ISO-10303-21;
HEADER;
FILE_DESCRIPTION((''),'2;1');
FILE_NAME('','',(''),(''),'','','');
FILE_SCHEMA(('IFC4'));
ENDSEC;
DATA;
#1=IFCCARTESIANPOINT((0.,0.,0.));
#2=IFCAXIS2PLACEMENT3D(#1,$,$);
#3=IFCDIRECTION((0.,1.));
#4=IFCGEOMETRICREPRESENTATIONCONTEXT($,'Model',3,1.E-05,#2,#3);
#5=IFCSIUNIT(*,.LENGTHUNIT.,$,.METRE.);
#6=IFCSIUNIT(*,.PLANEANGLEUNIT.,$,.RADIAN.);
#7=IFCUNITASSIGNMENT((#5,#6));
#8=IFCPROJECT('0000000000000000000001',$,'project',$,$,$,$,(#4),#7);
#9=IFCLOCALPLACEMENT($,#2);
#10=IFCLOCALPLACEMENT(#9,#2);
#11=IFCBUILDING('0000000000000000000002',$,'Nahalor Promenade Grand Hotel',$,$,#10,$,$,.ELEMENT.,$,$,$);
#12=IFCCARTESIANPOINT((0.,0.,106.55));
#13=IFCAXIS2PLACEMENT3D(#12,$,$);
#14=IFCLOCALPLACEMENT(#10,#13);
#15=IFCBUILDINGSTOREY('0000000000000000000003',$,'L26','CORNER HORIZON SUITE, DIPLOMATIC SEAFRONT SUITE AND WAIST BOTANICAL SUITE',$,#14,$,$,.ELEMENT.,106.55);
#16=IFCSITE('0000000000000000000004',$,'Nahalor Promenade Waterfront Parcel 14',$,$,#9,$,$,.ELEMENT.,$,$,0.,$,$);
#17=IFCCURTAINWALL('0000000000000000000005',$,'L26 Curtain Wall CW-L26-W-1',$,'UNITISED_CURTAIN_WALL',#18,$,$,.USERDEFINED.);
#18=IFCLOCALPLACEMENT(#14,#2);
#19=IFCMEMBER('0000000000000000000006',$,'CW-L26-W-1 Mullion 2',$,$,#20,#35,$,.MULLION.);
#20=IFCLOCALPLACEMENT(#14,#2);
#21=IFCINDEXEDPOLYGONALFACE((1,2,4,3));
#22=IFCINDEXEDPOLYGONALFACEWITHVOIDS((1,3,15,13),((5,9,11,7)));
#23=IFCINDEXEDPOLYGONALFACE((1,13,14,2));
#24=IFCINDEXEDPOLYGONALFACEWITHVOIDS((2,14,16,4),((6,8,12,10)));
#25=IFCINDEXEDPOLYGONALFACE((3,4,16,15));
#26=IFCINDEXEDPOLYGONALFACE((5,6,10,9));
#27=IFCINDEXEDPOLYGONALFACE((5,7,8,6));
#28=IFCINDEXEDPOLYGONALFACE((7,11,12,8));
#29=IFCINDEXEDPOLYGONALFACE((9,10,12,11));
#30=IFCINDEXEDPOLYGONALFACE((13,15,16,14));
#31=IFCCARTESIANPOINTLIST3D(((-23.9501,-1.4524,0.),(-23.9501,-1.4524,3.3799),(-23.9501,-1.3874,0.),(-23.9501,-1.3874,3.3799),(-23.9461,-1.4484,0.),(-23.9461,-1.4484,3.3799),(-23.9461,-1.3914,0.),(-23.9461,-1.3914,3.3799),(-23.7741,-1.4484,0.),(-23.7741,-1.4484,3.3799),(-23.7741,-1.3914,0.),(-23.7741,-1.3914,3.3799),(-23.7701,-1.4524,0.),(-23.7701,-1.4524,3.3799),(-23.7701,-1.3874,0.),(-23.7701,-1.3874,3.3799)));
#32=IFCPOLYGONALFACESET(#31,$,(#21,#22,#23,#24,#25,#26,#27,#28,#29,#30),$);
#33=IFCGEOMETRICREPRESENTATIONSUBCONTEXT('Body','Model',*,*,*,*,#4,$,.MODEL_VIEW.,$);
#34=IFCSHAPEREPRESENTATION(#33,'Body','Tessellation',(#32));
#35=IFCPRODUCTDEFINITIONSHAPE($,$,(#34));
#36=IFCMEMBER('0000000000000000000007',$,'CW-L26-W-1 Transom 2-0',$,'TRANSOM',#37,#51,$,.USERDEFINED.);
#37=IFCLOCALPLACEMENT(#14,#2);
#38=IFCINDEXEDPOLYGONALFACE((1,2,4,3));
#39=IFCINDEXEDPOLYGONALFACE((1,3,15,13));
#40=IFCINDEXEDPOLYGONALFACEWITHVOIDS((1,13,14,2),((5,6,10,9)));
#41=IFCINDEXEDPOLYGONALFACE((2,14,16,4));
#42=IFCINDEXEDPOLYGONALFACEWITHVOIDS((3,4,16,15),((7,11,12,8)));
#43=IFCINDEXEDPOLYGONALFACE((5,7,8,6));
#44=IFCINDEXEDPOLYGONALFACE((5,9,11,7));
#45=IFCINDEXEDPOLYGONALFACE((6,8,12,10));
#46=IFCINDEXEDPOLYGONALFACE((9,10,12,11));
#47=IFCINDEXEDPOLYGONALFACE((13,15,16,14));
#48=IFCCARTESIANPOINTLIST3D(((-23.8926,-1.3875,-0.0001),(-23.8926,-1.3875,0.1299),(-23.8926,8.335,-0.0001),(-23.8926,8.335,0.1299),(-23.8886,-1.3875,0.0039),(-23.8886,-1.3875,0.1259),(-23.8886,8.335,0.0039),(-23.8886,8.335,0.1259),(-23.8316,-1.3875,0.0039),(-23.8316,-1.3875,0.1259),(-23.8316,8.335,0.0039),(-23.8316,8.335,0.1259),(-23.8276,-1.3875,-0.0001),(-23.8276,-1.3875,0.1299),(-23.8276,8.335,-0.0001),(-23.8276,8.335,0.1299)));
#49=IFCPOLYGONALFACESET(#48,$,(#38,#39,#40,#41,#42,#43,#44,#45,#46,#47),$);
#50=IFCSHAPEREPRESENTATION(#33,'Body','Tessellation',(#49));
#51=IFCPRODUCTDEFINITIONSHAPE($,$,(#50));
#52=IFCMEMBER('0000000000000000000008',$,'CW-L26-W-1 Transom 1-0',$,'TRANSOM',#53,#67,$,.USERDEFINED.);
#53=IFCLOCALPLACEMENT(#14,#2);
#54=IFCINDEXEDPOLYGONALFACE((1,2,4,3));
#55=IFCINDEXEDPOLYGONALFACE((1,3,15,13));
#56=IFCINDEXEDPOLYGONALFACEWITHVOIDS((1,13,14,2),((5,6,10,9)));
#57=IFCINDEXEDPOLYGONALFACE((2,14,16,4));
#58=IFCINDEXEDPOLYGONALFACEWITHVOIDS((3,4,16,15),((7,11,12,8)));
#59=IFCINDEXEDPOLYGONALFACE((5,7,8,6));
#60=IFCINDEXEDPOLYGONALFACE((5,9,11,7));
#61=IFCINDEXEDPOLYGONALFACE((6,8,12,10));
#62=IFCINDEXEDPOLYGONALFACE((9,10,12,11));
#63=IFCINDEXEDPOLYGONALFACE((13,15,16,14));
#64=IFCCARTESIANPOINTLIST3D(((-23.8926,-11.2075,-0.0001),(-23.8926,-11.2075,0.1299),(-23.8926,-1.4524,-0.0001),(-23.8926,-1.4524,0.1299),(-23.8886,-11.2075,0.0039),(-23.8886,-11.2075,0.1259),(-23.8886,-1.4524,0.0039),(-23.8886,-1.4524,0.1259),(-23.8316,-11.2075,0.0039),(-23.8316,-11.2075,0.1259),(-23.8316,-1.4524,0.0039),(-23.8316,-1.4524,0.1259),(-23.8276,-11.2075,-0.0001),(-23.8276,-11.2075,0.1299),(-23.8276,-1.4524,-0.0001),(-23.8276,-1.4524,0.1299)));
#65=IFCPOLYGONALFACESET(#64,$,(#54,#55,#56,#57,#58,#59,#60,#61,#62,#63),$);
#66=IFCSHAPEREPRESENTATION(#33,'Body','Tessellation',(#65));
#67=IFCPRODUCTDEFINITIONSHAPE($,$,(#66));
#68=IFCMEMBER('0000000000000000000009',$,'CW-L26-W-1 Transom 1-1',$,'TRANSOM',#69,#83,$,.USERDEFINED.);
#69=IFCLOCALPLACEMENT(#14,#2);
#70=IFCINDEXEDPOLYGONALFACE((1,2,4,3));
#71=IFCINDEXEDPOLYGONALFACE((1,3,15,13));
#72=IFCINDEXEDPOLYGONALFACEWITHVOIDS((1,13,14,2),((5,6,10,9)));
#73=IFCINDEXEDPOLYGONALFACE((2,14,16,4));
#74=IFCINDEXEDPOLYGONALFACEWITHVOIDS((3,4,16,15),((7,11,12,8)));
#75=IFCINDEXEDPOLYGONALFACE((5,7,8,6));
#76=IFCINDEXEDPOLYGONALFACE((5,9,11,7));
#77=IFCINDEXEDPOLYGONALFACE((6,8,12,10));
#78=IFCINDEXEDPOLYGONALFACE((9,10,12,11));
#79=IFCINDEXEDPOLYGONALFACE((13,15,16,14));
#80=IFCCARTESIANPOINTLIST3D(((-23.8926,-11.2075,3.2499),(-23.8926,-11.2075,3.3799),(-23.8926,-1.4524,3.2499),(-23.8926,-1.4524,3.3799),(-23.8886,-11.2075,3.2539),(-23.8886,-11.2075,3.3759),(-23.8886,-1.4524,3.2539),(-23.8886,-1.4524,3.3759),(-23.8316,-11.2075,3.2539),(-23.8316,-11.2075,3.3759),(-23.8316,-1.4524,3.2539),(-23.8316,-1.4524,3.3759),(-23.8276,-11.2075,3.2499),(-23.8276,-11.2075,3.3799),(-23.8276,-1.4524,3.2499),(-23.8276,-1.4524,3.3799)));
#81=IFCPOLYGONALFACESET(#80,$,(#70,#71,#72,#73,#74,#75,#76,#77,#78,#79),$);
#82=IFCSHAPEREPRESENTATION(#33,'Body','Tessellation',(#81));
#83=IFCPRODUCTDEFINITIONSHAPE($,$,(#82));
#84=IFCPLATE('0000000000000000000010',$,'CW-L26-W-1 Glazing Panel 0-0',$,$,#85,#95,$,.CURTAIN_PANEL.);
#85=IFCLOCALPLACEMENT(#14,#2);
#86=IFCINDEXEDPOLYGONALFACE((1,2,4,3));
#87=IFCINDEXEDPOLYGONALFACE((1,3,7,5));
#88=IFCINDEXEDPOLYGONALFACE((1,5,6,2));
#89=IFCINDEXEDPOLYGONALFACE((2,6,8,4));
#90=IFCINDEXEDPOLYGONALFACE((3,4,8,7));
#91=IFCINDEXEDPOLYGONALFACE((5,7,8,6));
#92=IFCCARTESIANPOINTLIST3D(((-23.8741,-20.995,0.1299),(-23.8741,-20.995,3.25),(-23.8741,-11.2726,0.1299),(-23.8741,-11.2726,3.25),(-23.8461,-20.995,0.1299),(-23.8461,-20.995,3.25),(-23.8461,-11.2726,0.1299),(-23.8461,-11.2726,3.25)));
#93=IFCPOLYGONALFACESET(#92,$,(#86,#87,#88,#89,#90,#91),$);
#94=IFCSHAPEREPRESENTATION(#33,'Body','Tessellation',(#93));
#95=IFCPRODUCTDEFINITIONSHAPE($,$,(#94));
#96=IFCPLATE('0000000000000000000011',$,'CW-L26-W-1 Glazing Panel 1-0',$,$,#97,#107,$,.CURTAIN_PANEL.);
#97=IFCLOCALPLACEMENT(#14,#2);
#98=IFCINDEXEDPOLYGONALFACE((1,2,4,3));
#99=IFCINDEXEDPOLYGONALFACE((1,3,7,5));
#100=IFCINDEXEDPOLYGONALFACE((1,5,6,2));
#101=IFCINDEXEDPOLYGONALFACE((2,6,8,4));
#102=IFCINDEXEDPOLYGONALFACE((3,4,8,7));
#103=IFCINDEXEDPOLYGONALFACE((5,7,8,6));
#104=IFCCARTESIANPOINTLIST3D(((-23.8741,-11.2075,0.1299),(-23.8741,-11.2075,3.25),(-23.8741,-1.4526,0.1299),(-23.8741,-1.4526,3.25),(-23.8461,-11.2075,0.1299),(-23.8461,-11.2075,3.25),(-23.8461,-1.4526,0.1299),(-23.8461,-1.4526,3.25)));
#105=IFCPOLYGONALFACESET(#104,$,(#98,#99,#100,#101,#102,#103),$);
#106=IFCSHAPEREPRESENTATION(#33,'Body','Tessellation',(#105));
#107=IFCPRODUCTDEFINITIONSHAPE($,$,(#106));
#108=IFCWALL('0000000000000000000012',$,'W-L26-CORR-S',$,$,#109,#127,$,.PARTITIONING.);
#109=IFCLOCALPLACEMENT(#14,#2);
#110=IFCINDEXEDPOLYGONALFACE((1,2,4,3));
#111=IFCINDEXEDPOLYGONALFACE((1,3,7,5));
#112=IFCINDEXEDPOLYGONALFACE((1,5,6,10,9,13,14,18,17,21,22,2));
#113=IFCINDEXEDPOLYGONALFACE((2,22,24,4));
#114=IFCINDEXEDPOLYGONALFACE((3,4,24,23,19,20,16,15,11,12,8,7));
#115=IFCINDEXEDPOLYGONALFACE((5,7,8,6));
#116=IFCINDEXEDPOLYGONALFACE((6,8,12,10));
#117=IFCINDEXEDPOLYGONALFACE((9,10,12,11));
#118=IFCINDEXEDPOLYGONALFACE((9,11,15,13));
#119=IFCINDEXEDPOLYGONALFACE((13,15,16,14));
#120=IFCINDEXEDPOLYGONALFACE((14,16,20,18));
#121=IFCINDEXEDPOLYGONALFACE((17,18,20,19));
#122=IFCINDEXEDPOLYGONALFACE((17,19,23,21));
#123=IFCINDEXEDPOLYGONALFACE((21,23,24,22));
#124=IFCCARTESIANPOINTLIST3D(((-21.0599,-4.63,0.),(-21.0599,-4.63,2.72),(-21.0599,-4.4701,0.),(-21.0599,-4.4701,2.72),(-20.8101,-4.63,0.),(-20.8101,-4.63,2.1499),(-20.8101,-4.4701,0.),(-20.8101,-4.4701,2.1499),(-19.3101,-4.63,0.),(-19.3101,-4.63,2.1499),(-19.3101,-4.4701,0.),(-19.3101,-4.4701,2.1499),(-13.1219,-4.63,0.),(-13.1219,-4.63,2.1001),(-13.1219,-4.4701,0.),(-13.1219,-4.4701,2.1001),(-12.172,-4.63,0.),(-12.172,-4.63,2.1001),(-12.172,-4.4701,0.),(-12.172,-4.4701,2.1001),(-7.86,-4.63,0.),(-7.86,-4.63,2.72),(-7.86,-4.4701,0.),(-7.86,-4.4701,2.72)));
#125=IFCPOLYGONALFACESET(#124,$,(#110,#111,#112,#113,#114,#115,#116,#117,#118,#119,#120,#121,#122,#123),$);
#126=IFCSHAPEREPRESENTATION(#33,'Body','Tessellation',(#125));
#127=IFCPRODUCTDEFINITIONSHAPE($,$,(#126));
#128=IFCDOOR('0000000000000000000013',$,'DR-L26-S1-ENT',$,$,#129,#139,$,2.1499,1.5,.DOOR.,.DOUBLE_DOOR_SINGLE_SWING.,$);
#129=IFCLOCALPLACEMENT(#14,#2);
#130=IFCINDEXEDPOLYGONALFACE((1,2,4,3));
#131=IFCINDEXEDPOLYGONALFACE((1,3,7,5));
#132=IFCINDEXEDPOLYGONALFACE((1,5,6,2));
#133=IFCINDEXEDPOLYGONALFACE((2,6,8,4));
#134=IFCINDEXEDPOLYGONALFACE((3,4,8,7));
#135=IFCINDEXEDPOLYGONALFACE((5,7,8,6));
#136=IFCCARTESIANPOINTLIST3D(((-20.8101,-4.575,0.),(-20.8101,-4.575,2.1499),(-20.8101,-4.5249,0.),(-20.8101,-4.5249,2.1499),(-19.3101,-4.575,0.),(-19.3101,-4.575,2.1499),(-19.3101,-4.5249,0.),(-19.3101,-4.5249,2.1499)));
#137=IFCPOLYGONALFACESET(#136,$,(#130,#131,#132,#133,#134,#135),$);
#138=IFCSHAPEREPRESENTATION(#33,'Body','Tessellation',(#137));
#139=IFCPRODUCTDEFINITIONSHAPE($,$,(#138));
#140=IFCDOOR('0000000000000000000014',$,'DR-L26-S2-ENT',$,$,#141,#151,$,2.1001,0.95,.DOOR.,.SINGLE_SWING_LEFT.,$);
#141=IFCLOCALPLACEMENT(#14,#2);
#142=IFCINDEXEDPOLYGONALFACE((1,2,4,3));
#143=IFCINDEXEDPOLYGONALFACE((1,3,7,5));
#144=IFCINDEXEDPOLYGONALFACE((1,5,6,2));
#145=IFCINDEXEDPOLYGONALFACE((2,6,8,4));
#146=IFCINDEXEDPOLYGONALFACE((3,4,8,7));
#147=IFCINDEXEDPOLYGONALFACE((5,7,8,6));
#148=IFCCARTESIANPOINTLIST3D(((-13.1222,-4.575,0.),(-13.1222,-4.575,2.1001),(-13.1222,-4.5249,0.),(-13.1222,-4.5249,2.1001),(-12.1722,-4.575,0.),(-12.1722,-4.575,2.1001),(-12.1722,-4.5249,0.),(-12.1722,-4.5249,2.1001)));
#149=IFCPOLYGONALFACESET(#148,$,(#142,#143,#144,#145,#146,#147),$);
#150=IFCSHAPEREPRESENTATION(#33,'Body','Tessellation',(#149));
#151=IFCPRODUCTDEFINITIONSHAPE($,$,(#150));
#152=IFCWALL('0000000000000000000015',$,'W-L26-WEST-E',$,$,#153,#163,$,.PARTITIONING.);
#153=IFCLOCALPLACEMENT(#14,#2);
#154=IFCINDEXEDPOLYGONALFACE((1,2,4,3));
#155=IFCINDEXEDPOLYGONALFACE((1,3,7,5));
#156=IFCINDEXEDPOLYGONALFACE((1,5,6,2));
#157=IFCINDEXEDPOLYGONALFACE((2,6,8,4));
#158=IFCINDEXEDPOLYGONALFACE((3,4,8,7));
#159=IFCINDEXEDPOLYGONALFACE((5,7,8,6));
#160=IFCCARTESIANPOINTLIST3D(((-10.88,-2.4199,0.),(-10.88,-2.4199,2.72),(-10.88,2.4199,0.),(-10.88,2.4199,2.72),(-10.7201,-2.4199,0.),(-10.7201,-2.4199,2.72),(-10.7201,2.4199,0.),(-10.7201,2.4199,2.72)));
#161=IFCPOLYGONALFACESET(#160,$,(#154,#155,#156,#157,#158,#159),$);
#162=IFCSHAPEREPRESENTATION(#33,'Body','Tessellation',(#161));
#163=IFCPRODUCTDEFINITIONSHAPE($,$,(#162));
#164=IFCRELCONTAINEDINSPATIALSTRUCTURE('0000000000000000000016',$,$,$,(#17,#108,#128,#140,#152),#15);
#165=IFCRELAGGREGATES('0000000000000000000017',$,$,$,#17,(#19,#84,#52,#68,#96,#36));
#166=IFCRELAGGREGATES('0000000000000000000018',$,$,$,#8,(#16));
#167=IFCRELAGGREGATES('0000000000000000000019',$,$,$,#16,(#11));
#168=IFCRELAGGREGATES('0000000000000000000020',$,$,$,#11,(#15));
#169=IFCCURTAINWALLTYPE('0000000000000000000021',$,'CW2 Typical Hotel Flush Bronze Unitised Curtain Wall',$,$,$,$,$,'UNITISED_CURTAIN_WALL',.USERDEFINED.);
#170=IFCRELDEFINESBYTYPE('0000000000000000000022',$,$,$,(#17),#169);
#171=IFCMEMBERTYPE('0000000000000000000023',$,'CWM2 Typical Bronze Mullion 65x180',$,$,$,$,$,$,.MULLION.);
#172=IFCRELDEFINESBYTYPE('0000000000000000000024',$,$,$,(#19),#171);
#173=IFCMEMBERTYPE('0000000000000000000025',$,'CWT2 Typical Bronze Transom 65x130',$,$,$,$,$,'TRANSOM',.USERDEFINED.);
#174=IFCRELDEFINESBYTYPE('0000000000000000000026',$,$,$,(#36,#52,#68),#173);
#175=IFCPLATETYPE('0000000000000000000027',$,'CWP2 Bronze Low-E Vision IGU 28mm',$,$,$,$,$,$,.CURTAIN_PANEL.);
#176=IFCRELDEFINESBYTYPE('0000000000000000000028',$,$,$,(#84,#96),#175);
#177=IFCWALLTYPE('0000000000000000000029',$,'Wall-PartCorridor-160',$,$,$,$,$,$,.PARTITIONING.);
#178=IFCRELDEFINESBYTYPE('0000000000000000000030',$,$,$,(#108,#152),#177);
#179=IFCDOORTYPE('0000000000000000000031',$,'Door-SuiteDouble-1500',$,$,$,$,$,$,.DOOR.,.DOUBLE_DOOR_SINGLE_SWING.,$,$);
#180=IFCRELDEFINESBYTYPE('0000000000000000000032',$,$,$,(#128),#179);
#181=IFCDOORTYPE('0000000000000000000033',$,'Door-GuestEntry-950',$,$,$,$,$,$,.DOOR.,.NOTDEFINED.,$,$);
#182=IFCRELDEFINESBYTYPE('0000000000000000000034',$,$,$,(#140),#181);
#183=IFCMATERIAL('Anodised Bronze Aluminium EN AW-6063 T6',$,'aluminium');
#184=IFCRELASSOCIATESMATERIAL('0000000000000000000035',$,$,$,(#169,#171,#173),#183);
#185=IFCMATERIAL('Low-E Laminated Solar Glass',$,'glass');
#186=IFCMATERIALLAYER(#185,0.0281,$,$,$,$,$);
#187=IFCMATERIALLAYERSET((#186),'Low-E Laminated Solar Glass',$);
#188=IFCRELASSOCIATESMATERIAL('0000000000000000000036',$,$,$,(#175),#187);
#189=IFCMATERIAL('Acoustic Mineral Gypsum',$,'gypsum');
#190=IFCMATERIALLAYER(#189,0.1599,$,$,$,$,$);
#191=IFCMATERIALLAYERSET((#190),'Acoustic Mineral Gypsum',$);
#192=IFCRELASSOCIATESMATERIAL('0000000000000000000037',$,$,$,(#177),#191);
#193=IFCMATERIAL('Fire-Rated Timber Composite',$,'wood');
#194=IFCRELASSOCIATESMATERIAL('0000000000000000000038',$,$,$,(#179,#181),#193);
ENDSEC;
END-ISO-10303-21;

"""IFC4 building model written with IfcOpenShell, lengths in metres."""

from ifc_helpers import new_model, si_unit, direction, frame, frame_2d, origin, origin_2d, place, context, subcontext, project, spatial, rectangle, hollow_rectangle, extrude, source, transform, mapped, material, layer, layer_set, material_profile, profile_set, type_object, element, fill, aggregate, save


model = new_model("IFC4")

# Units and contexts
model_context = context("Model", 3, precision=1e-05, world=origin(), true_north=direction((0.0, 1.0)))
body_context = subcontext(model_context, "Body", "Model", "MODEL_VIEW")
ifc_project = project(units=[si_unit("LENGTHUNIT", "METRE"), si_unit("PLANEANGLEUNIT", "RADIAN")], contexts=[model_context])

# Site, building, storey
site_placement = place(None, origin())
site = spatial("IfcSite", under=ifc_project, at=site_placement, Name="Nahalor Promenade Waterfront Parcel 14", CompositionType="ELEMENT", RefElevation=0.0)
building_placement = place(site_placement, origin())
building = spatial("IfcBuilding", under=site, at=building_placement, Name="Nahalor Promenade Grand Hotel", CompositionType="ELEMENT")
storey_placement = place(building_placement, frame((0.0, 0.0, 106.55)))
storey = spatial("IfcBuildingStorey", under=building, at=storey_placement, Name="L26", Description="CORNER HORIZON SUITE, DIPLOMATIC SEAFRONT SUITE AND WAIST BOTANICAL SUITE", CompositionType="ELEMENT", Elevation=106.55)

# Curtain wall, members, plates
ifc_material_1 = material(Name="Anodised Bronze Aluminium EN AW-6063 T6", Category="aluminium")
curtain_wall_type = type_object("IfcCurtainWallType", Name="CW2 Typical Hotel Flush Bronze Unitised Curtain Wall", ElementType="UNITISED_CURTAIN_WALL", PredefinedType="USERDEFINED", material=ifc_material_1)
curtain_wall_placement = place(storey_placement, origin())
curtain_wall = element("IfcCurtainWall", 1, at=curtain_wall_placement, inside=storey, type_object=curtain_wall_type, Name="L26 Curtain Wall CW-L26-W-1", ObjectType="UNITISED_CURTAIN_WALL", PredefinedType="USERDEFINED")
ifc_material_profile_1 = material_profile(ifc_material_1, hollow_rectangle(XDim=0.065, YDim=0.18, WallThickness=0.004, at=origin_2d()), Name="CWM 65x180x4")
ifc_profile_set_1 = profile_set([ifc_material_profile_1], Name="Anodised Bronze Aluminium EN AW-6063 T6")
member_type_1 = type_object("IfcMemberType", Name="CWM2 Typical Bronze Mullion 65x180", PredefinedType="MULLION", material=ifc_profile_set_1)
shared_shape_1 = source(origin(), body_context, "Body", "SweptSolid", [
    extrude(hollow_rectangle(XDim=0.065, YDim=0.18, WallThickness=0.004, at=origin_2d()), origin(), (0.0, 0.0, 1.0), 3.3799),
])
member_1_placement = place(storey_placement, frame((-23.8601, -1.4199, 0.0), z_axis=(0.0, 0.0, 1.0), x_axis=(0.0, 1.0, 0.0)))
member_1 = element("IfcMember", 2, at=member_1_placement, type_object=member_type_1, Name="CW-L26-W-1 Mullion 2", PredefinedType="MULLION", context=body_context, shape_type="MappedRepresentation", body=[
    mapped(shared_shape_1, transform((0.0, 0.0, 0.0), scale=1.0)),
])
ifc_material_profile_2 = material_profile(ifc_material_1, hollow_rectangle(XDim=0.065, YDim=0.13, WallThickness=0.004, at=origin_2d()), Name="CWT 65x130x4")
ifc_profile_set_2 = profile_set([ifc_material_profile_2], Name="Anodised Bronze Aluminium EN AW-6063 T6")
member_type_2 = type_object("IfcMemberType", Name="CWT2 Typical Bronze Transom 65x130", ElementType="TRANSOM", PredefinedType="USERDEFINED", material=ifc_profile_set_2)
shared_shape_2 = source(origin(), body_context, "Body", "SweptSolid", [
    extrude(hollow_rectangle(XDim=0.065, YDim=0.13, WallThickness=0.004, at=origin_2d()), origin(), (0.0, 0.0, 1.0), 9.7224),
])
member_2_placement = place(storey_placement, frame((-23.8601, -1.3875, 0.0649), z_axis=(0.0, 1.0, 0.0), x_axis=(-1.0, 0.0, 0.0)))
member_2 = element("IfcMember", 3, at=member_2_placement, type_object=member_type_2, Name="CW-L26-W-1 Transom 2-0", ObjectType="TRANSOM", PredefinedType="USERDEFINED", context=body_context, shape_type="MappedRepresentation", body=[
    mapped(shared_shape_2, transform((0.0, 0.0, 0.0), scale=1.0)),
])
shared_shape_3 = source(origin(), body_context, "Body", "SweptSolid", [
    extrude(hollow_rectangle(XDim=0.065, YDim=0.13, WallThickness=0.004, at=origin_2d()), origin(), (0.0, 0.0, 1.0), 9.7551),
])
member_3_placement = place(storey_placement, frame((-23.8601, -11.2075, 0.0649), z_axis=(0.0, 1.0, 0.0), x_axis=(-1.0, 0.0, 0.0)))
member_3 = element("IfcMember", 4, at=member_3_placement, type_object=member_type_2, Name="CW-L26-W-1 Transom 1-0", ObjectType="TRANSOM", PredefinedType="USERDEFINED", context=body_context, shape_type="MappedRepresentation", body=[
    mapped(shared_shape_3, transform((0.0, 0.0, 0.0), scale=1.0)),
])
member_4_placement = place(storey_placement, frame((-23.8601, -11.2075, 3.3149), z_axis=(0.0, 1.0, 0.0), x_axis=(-1.0, 0.0, 0.0)))
member_4 = element("IfcMember", 5, at=member_4_placement, type_object=member_type_2, Name="CW-L26-W-1 Transom 1-1", ObjectType="TRANSOM", PredefinedType="USERDEFINED", context=body_context, shape_type="MappedRepresentation", body=[
    mapped(shared_shape_3, transform((0.0, 0.0, 0.0), scale=1.0)),
])
ifc_material_2 = material(Name="Low-E Laminated Solar Glass", Category="glass")
ifc_layer_1 = layer(ifc_material_2, 0.0281)
ifc_layer_set_1 = layer_set([ifc_layer_1], Name="Low-E Laminated Solar Glass")
plate_type = type_object("IfcPlateType", Name="CWP2 Bronze Low-E Vision IGU 28mm", PredefinedType="CURTAIN_PANEL", material=ifc_layer_set_1)
shared_shape_4 = source(origin(), body_context, "Body", "SweptSolid", [
    extrude(rectangle(XDim=9.7224, YDim=0.0281, at=origin_2d()), origin(), (0.0, 0.0, 1.0), 3.1201),
])
plate_1_placement = place(storey_placement, frame((-23.8601, -16.1338, 0.1299), z_axis=(0.0, 0.0, 1.0), x_axis=(0.0, 1.0, 0.0)))
plate_1 = element("IfcPlate", 6, at=plate_1_placement, type_object=plate_type, Name="CW-L26-W-1 Glazing Panel 0-0", PredefinedType="CURTAIN_PANEL", context=body_context, shape_type="MappedRepresentation", body=[
    mapped(shared_shape_4, transform((0.0, 0.0, 0.0), scale=1.0)),
])
shared_shape_5 = source(origin(), body_context, "Body", "SweptSolid", [
    extrude(rectangle(XDim=9.7549, YDim=0.0281, at=origin_2d()), origin(), (0.0, 0.0, 1.0), 3.1201),
])
plate_2_placement = place(storey_placement, frame((-23.8601, -6.3301, 0.1299), z_axis=(0.0, 0.0, 1.0), x_axis=(0.0, 1.0, 0.0)))
plate_2 = element("IfcPlate", 7, at=plate_2_placement, type_object=plate_type, Name="CW-L26-W-1 Glazing Panel 1-0", PredefinedType="CURTAIN_PANEL", context=body_context, shape_type="MappedRepresentation", body=[
    mapped(shared_shape_5, transform((0.0, 0.0, 0.0), scale=1.0)),
])
aggregate(curtain_wall, [member_1, plate_1, member_3, member_4, plate_2, member_2])

# Wall, openings, doors
ifc_material_3 = material(Name="Acoustic Mineral Gypsum", Category="gypsum")
ifc_layer_2 = layer(ifc_material_3, 0.1599)
ifc_layer_set_2 = layer_set([ifc_layer_2], Name="Acoustic Mineral Gypsum")
wall_type = type_object("IfcWallType", Name="Wall-PartCorridor-160", PredefinedType="PARTITIONING", material=ifc_layer_set_2)
shared_shape_6 = source(origin(), body_context, "Body", "SweptSolid", [
    extrude(rectangle(XDim=13.2, YDim=0.1599, at=frame_2d((6.6001, 0.0))), origin(), (0.0, 0.0, 1.0), 2.72),
])
wall_1_placement = place(storey_placement, frame((-21.0601, -4.55, 0.0), z_axis=(0.0, 0.0, 1.0), x_axis=(1.0, 0.0, 0.0)))
wall_1 = element("IfcWall", 8, at=wall_1_placement, inside=storey, type_object=wall_type, Name="W-L26-CORR-S", PredefinedType="PARTITIONING", context=body_context, shape_type="MappedRepresentation", body=[
    mapped(shared_shape_6, transform((0.0, 0.0, 0.0), scale=1.0)),
])
opening_1_placement = place(wall_1_placement, frame((0.25, 0.0, 0.0)))
opening_1 = element("IfcOpeningElement", 9, at=opening_1_placement, cuts=wall_1, PredefinedType="OPENING", context=body_context, shape_type="SweptSolid", body=[
    extrude(rectangle(XDim=1.5, YDim=2.1499, at=frame_2d((0.75, 1.075))), frame((0.0, 0.0898, 0.0), z_axis=(0.0, -1.0, 0.0), x_axis=(1.0, 0.0, 0.0)), (0.0, 0.0, 1.0), 0.1799),
])
opening_2_placement = place(wall_1_placement, frame((7.938, 0.0, 0.0)))
opening_2 = element("IfcOpeningElement", 10, at=opening_2_placement, cuts=wall_1, PredefinedType="OPENING", context=body_context, shape_type="SweptSolid", body=[
    extrude(rectangle(XDim=0.95, YDim=2.1001, at=frame_2d((0.4751, 1.05))), frame((0.0, 0.0898, 0.0), z_axis=(0.0, -1.0, 0.0), x_axis=(1.0, 0.0, 0.0)), (0.0, 0.0, 1.0), 0.1799),
])
ifc_material_4 = material(Name="Fire-Rated Timber Composite", Category="wood")
door_type_1 = type_object("IfcDoorType", Name="Door-SuiteDouble-1500", OperationType="DOUBLE_DOOR_SINGLE_SWING", PredefinedType="DOOR", material=ifc_material_4)
shared_shape_7 = source(origin(), body_context, "Body", "SweptSolid", [
    extrude(rectangle(XDim=1.5, YDim=2.1499, at=frame_2d((0.75, 1.075))), frame((0.0, 0.0249, 0.0), z_axis=(0.0, -1.0, 0.0), x_axis=(1.0, 0.0, 0.0)), (0.0, 0.0, 1.0), 0.05),
])
door_1_placement = place(opening_1_placement, frame((1.5, 0.0, 0.0), z_axis=(0.0, 0.0, 1.0), x_axis=(-1.0, 0.0, 0.0)))
door_1 = element("IfcDoor", 11, at=door_1_placement, inside=storey, type_object=door_type_1, Name="DR-L26-S1-ENT", OperationType="DOUBLE_DOOR_SINGLE_SWING", OverallHeight=2.1499, OverallWidth=1.5, PredefinedType="DOOR", context=body_context, shape_type="MappedRepresentation", body=[
    mapped(shared_shape_7, transform((0.0, 0.0, 0.0), scale=1.0)),
])
fill(opening_1, door_1)
door_type_2 = type_object("IfcDoorType", Name="Door-GuestEntry-950", OperationType="NOTDEFINED", PredefinedType="DOOR", material=ifc_material_4)
shared_shape_8 = source(origin(), body_context, "Body", "SweptSolid", [
    extrude(rectangle(XDim=0.95, YDim=2.1001, at=frame_2d((0.4751, 1.05))), frame((0.0, 0.0249, 0.0), z_axis=(0.0, -1.0, 0.0), x_axis=(1.0, 0.0, 0.0)), (0.0, 0.0, 1.0), 0.05),
])
door_2_placement = place(opening_2_placement, frame((0.95, 0.0, 0.0), z_axis=(0.0, 0.0, 1.0), x_axis=(-1.0, 0.0, 0.0)))
door_2 = element("IfcDoor", 12, at=door_2_placement, inside=storey, type_object=door_type_2, Name="DR-L26-S2-ENT", OperationType="SINGLE_SWING_LEFT", OverallHeight=2.1001, OverallWidth=0.95, PredefinedType="DOOR", context=body_context, shape_type="MappedRepresentation", body=[
    mapped(shared_shape_8, transform((0.0, 0.0, 0.0), scale=1.0)),
])
fill(opening_2, door_2)

# Wall
shared_shape_9 = source(origin(), body_context, "Body", "SweptSolid", [
    extrude(rectangle(XDim=4.8398, YDim=0.1599, at=frame_2d((2.4199, 0.0))), origin(), (0.0, 0.0, 1.0), 2.72),
])
wall_2_placement = place(storey_placement, frame((-10.8, -2.4199, 0.0), z_axis=(0.0, 0.0, 1.0), x_axis=(0.0, 1.0, 0.0)))
element("IfcWall", 13, at=wall_2_placement, inside=storey, type_object=wall_type, Name="W-L26-WEST-E", PredefinedType="PARTITIONING", context=body_context, shape_type="MappedRepresentation", body=[
    mapped(shared_shape_9, transform((0.0, 0.0, 0.0), scale=1.0)),
])

save(model, "model.ifc")
